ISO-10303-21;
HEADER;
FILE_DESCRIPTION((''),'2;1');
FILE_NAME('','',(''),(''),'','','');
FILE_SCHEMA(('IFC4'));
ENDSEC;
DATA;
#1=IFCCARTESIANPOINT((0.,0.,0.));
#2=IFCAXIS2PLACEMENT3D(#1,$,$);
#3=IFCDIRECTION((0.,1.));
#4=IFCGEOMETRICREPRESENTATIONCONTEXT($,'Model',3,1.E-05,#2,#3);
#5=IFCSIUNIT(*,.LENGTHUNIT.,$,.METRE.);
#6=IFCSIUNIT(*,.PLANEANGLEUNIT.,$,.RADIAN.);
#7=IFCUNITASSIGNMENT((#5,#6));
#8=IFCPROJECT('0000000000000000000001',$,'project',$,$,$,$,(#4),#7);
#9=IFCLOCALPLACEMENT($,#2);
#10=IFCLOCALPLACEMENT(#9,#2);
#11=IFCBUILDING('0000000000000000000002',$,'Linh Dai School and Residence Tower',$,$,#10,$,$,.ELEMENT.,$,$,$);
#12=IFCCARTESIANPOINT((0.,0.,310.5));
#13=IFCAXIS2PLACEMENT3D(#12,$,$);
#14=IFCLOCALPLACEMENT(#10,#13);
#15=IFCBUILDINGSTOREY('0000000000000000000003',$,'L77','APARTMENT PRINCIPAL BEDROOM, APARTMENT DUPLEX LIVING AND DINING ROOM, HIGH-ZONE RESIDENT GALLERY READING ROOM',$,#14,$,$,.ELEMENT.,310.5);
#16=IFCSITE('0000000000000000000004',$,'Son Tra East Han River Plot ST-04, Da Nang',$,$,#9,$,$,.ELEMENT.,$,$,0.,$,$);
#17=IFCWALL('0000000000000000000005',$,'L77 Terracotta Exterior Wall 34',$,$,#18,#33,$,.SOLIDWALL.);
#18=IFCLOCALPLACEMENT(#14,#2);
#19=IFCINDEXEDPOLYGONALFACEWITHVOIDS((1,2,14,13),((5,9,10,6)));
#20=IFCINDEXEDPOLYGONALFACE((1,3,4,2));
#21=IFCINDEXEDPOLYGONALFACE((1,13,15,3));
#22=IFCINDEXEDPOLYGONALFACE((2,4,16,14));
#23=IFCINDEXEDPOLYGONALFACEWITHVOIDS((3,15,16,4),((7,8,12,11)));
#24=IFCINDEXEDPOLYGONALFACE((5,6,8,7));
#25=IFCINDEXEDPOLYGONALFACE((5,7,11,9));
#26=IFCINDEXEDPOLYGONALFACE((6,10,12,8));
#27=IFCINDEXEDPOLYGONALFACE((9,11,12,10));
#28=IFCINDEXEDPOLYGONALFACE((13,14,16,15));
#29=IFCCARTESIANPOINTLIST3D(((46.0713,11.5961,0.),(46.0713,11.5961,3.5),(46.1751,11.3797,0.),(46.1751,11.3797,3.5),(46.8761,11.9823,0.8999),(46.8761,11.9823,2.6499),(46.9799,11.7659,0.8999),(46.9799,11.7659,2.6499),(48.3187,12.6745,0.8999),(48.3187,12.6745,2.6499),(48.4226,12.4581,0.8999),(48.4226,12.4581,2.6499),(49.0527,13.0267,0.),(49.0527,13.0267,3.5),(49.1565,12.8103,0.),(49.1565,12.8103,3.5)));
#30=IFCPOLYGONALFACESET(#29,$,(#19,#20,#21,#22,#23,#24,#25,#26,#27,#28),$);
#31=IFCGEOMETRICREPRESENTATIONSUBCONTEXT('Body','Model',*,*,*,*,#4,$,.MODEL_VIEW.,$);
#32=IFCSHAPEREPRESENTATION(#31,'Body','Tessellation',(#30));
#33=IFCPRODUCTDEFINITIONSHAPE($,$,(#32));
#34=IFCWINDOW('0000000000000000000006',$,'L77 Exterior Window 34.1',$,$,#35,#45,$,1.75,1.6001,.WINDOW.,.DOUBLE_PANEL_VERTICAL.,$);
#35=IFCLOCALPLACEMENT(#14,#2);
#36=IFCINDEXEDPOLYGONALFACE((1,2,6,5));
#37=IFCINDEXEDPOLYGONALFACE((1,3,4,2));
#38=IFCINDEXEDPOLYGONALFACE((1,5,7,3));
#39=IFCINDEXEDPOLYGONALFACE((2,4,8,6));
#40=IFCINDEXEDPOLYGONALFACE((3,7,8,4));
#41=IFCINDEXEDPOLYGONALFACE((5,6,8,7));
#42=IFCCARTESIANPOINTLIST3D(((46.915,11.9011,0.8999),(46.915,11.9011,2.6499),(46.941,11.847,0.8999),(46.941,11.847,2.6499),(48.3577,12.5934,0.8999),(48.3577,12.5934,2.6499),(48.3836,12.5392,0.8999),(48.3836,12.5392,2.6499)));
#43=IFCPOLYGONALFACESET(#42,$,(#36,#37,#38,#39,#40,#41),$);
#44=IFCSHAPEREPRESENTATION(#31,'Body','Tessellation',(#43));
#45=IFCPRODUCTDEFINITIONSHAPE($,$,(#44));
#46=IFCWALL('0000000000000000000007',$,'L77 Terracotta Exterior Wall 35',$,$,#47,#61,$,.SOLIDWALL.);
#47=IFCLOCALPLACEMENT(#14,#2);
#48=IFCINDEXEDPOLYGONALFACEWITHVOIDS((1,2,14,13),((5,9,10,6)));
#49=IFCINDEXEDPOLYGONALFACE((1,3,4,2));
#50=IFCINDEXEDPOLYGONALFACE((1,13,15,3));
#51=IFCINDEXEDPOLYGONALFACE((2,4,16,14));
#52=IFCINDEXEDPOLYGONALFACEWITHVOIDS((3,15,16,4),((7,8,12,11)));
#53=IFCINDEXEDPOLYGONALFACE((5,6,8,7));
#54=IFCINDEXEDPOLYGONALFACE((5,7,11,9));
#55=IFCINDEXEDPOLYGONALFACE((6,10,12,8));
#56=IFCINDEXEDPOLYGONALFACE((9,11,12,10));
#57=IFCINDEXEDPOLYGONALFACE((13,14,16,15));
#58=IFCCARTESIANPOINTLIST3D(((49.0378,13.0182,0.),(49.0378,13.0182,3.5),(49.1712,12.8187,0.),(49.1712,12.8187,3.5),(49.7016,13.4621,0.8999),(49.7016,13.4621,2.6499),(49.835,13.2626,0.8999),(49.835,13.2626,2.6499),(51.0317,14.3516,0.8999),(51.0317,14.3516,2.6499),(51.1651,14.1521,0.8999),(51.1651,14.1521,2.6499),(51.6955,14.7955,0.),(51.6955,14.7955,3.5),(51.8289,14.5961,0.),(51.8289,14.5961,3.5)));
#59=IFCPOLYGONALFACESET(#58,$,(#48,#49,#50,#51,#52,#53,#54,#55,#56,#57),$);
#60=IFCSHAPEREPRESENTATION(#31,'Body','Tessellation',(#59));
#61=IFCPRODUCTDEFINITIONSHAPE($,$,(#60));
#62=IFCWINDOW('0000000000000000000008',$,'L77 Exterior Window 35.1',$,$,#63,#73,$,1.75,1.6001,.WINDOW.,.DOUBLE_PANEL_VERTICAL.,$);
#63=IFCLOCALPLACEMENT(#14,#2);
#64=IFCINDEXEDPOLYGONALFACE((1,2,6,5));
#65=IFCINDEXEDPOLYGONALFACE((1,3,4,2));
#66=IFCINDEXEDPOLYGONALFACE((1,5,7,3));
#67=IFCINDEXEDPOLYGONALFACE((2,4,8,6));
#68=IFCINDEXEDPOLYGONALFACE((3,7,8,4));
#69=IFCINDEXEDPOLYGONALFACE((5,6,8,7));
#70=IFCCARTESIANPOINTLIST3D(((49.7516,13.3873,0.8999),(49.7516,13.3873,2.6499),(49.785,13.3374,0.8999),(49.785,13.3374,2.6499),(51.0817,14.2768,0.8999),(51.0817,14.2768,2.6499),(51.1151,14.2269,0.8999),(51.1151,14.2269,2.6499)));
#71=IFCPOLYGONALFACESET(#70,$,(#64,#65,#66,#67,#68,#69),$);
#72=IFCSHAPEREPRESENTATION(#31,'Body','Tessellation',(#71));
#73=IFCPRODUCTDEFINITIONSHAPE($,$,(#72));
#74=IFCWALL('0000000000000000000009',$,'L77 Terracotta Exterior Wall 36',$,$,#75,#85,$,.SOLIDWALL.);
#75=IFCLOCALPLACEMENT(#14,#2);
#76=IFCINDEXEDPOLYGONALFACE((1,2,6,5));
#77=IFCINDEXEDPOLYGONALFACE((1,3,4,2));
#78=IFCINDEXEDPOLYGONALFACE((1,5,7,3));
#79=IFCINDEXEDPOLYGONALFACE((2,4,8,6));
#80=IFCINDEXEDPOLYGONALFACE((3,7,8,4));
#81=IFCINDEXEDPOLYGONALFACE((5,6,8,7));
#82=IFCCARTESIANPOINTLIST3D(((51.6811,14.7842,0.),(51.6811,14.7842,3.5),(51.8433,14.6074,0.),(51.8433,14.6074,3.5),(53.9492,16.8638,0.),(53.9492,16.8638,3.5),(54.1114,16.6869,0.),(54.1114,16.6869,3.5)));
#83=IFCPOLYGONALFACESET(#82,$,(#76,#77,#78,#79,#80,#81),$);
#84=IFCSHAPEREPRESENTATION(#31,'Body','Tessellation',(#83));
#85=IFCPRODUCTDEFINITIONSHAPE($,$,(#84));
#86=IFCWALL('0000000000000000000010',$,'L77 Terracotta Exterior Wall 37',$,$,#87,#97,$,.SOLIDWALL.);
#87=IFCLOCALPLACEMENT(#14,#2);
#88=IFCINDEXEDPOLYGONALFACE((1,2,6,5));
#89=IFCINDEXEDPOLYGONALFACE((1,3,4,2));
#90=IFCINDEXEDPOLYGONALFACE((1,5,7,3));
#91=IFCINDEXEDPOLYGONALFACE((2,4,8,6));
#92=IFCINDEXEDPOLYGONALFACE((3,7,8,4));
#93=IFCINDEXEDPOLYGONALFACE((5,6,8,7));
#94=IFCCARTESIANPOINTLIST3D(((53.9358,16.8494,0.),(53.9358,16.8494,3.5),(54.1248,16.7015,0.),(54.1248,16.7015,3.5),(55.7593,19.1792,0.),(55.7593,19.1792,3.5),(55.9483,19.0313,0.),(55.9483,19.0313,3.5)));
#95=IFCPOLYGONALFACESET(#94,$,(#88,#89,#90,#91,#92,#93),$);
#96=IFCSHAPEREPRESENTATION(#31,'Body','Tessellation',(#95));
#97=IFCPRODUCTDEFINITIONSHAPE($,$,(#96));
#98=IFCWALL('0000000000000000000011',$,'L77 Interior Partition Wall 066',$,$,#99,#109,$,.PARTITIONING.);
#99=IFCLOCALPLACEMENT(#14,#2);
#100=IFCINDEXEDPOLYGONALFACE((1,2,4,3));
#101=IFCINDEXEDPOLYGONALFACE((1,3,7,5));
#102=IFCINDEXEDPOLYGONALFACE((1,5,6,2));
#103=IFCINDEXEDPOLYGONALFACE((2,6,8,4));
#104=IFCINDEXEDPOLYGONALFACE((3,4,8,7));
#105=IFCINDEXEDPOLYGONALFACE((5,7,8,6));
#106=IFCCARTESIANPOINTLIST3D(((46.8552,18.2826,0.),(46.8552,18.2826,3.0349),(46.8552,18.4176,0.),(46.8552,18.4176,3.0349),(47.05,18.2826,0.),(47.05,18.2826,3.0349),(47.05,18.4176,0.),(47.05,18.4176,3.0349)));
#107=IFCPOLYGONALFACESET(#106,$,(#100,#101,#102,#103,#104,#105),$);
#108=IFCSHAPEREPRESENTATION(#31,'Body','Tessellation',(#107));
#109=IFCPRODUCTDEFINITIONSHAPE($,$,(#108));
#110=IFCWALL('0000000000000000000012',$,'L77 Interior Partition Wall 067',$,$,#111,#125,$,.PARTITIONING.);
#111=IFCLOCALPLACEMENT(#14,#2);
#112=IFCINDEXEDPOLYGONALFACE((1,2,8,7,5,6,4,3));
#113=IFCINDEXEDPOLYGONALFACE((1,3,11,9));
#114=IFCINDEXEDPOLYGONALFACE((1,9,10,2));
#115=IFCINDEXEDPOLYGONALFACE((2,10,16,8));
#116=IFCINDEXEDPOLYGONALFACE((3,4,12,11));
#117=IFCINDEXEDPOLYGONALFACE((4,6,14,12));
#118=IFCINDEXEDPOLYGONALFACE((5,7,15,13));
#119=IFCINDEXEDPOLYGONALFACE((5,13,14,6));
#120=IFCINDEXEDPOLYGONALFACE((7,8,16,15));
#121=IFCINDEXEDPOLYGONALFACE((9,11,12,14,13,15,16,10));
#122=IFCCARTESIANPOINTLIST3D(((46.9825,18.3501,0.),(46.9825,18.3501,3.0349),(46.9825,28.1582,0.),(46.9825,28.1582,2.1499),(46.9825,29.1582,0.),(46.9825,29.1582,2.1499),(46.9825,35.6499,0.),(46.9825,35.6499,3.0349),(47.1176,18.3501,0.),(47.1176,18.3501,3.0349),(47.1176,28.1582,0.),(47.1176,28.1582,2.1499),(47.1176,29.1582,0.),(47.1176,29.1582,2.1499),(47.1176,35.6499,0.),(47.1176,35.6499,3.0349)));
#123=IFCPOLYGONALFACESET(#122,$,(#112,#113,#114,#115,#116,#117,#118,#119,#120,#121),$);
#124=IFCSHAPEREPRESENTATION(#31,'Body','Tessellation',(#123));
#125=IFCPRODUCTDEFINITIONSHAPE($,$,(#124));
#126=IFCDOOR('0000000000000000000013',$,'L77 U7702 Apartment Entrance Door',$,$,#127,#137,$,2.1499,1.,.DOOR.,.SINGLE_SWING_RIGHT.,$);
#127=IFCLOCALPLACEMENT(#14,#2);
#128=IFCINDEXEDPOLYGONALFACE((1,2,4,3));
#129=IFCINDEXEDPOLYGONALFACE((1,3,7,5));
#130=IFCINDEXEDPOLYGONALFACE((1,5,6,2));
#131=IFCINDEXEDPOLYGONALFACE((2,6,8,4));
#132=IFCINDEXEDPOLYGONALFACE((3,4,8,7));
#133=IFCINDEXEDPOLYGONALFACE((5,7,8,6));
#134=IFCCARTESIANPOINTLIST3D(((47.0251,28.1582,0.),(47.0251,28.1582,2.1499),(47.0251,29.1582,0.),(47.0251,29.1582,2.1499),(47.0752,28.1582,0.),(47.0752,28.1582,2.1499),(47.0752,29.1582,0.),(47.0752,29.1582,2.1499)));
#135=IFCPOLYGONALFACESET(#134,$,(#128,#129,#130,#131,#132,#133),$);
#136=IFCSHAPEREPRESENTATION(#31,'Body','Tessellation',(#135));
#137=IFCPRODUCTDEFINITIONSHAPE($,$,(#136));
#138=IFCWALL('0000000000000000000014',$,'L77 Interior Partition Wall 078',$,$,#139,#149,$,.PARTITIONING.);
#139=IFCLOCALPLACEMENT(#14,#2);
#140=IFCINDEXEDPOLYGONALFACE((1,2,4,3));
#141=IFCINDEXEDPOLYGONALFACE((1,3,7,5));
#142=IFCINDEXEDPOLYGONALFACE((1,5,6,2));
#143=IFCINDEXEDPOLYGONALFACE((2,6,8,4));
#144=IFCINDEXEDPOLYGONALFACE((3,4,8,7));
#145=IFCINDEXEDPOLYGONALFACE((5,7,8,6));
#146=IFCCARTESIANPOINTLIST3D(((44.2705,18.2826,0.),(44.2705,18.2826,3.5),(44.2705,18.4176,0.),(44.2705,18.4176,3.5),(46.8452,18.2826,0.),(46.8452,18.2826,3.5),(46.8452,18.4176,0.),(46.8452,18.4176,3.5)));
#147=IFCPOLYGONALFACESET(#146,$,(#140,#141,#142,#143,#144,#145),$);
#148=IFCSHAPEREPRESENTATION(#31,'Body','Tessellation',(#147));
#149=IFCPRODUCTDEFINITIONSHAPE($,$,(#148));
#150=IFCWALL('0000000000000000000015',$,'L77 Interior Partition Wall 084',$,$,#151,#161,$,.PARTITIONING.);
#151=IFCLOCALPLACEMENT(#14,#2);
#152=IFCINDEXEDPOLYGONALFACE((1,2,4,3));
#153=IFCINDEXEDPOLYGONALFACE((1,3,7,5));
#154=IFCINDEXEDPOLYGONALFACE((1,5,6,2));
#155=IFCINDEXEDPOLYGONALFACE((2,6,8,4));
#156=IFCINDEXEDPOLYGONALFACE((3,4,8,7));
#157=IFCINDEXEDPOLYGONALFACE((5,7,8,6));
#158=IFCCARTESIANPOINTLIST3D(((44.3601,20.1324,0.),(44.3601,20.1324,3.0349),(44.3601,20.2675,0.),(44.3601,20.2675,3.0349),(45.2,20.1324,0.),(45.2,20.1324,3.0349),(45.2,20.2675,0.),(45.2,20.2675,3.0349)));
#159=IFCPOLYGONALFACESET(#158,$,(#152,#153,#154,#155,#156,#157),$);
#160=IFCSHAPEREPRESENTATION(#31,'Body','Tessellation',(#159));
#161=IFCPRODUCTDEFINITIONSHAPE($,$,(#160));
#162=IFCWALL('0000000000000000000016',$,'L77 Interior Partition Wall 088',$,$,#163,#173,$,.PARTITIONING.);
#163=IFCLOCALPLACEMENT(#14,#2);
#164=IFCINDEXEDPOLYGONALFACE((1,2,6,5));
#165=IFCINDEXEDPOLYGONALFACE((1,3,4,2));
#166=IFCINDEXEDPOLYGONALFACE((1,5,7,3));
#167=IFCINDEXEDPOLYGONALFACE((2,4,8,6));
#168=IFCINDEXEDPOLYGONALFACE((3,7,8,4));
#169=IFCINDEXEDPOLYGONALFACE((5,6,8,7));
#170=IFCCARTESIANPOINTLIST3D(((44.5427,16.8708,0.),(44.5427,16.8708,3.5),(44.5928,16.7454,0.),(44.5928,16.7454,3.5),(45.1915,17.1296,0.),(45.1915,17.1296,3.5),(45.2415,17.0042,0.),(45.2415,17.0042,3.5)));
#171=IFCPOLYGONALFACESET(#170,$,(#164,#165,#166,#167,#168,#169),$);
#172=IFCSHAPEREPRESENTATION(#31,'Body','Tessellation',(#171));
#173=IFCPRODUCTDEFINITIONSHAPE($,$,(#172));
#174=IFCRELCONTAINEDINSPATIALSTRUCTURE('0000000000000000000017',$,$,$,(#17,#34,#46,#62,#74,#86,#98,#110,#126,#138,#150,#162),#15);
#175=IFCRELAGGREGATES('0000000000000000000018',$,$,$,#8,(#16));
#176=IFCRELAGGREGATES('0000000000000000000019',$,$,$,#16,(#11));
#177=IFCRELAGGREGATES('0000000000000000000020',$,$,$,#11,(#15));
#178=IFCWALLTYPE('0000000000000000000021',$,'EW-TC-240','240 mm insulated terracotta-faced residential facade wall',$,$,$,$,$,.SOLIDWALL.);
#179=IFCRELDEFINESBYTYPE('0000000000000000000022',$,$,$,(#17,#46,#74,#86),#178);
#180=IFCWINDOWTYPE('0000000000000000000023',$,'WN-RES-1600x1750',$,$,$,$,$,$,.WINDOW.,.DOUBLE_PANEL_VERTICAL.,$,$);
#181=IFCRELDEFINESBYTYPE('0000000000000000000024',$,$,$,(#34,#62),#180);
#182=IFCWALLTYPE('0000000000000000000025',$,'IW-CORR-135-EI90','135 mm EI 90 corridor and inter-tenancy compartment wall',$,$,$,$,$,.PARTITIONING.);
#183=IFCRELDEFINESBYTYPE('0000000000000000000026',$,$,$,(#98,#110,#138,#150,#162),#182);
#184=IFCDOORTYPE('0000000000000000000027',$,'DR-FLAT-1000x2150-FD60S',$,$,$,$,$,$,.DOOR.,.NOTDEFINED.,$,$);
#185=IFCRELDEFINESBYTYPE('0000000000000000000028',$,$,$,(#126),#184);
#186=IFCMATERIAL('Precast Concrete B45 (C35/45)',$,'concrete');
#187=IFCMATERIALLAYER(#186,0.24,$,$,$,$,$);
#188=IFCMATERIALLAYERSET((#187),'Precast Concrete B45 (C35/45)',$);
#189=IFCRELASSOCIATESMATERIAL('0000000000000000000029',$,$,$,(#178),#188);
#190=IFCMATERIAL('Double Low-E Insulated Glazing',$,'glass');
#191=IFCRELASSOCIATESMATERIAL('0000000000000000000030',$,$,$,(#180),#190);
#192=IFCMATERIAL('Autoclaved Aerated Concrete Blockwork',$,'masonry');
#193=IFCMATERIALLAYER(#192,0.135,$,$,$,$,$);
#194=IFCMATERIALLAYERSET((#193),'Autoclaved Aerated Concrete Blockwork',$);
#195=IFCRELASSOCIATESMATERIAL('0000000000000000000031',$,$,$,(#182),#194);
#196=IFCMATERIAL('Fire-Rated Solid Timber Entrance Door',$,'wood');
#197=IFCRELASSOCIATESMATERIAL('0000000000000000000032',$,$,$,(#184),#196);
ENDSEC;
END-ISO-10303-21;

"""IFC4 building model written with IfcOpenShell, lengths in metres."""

from ifc_helpers import new_model, si_unit, direction, frame, frame_2d, origin, origin_2d, place, context, subcontext, project, spatial, rectangle, extrude, source, transform, mapped, material, layer, layer_set, type_object, element, fill, save


model = new_model("IFC4")

# Units and contexts
model_context = context("Model", 3, precision=1e-05, world=origin(), true_north=direction((0.0, 1.0)))
body_context = subcontext(model_context, "Body", "Model", "MODEL_VIEW")
ifc_project = project(units=[si_unit("LENGTHUNIT", "METRE"), si_unit("PLANEANGLEUNIT", "RADIAN")], contexts=[model_context])

# Site, building, storey
site_placement = place(None, origin())
site = spatial("IfcSite", under=ifc_project, at=site_placement, Name="Son Tra East Han River Plot ST-04, Da Nang", CompositionType="ELEMENT", RefElevation=0.0)
building_placement = place(site_placement, origin())
building = spatial("IfcBuilding", under=site, at=building_placement, Name="Linh Dai School and Residence Tower", CompositionType="ELEMENT")
storey_placement = place(building_placement, frame((0.0, 0.0, 310.5)))
storey = spatial("IfcBuildingStorey", under=building, at=storey_placement, Name="L77", Description="APARTMENT PRINCIPAL BEDROOM, APARTMENT DUPLEX LIVING AND DINING ROOM, HIGH-ZONE RESIDENT GALLERY READING ROOM", CompositionType="ELEMENT", Elevation=310.5)

# Shared definitions
ifc_material_1 = material(Name="Precast Concrete B45 (C35/45)", Category="concrete")

# Walls, openings, windows
ifc_layer_1 = layer(ifc_material_1, 0.24)
ifc_layer_set_1 = layer_set([ifc_layer_1], Name="Precast Concrete B45 (C35/45)")
wall_type_1 = type_object("IfcWallType", Name="EW-TC-240", Description="240 mm insulated terracotta-faced residential facade wall", PredefinedType="SOLIDWALL", material=ifc_layer_set_1)
ifc_material_2 = material(Name="Double Low-E Insulated Glazing", Category="glass")
wall_1_placement = place(storey_placement, frame((49.1045, 12.9185, 0.0), z_axis=(0.0, 0.0, 1.0), x_axis=(-0.901574, -0.432625, 0.0)))
wall_1 = element("IfcWall", 1, at=wall_1_placement, inside=storey, type_object=wall_type_1, Name="L77 Terracotta Exterior Wall 34", PredefinedType="SOLIDWALL", context=body_context, shape_type="SweptSolid", body=[
    extrude(rectangle(XDim=3.3069, YDim=0.24, at=frame_2d((1.6533, 0.0))), origin(), (0.0, 0.0, 1.0), 3.5),
])
opening_1_placement = place(wall_1_placement, frame((0.814, 0.0, 0.8999)))
opening_1 = element("IfcOpeningElement", 2, at=opening_1_placement, cuts=wall_1, PredefinedType="OPENING", context=body_context, shape_type="SweptSolid", body=[
    extrude(rectangle(XDim=1.6001, YDim=1.75, at=origin_2d()), frame((0.8, 0.1299, 0.875), z_axis=(0.0, -1.0, 0.0), x_axis=(1.0, 0.0, 0.0)), (0.0, 0.0, 1.0), 0.26),
])
window_type_1 = type_object("IfcWindowType", Name="WN-RES-1600x1750", PartitioningType="DOUBLE_PANEL_VERTICAL", PredefinedType="WINDOW", material=ifc_material_2)
shared_shape_1 = source(origin(), body_context, "Body", "SweptSolid", [
    extrude(rectangle(XDim=1.6001, YDim=1.75, at=origin_2d()), frame((0.8, 0.03, 0.875), z_axis=(0.0, -1.0, 0.0), x_axis=(1.0, 0.0, 0.0)), (0.0, 0.0, 1.0), 0.0601),
])
window_1_placement = place(opening_1_placement, origin())
window_1 = element("IfcWindow", 3, at=window_1_placement, inside=storey, type_object=window_type_1, Name="L77 Exterior Window 34.1", OverallHeight=1.75, OverallWidth=1.6001, PartitioningType="DOUBLE_PANEL_VERTICAL", PredefinedType="WINDOW", context=body_context, shape_type="MappedRepresentation", body=[
    mapped(shared_shape_1, transform((0.0, 0.0, 0.0), x_axis=(1.0, 0.0, 0.0), y_axis=(0.0, 1.0, 0.0), z_axis=(0.0, 0.0, 1.0), scale=1.0)),
])
fill(opening_1, window_1)
wall_2_placement = place(storey_placement, frame((51.7622, 14.6958, 0.0), z_axis=(0.0, 0.0, 1.0), x_axis=(-0.831251, -0.555898, 0.0)))
wall_2 = element("IfcWall", 4, at=wall_2_placement, inside=storey, type_object=wall_type_1, Name="L77 Terracotta Exterior Wall 35", PredefinedType="SOLIDWALL", context=body_context, shape_type="SweptSolid", body=[
    extrude(rectangle(XDim=3.1973, YDim=0.24, at=frame_2d((1.5986, 0.0))), origin(), (0.0, 0.0, 1.0), 3.5),
])
opening_2_placement = place(wall_2_placement, frame((0.7986, 0.0, 0.8999)))
opening_2 = element("IfcOpeningElement", 5, at=opening_2_placement, cuts=wall_2, PredefinedType="OPENING", context=body_context, shape_type="SweptSolid", body=[
    extrude(rectangle(XDim=1.6001, YDim=1.75, at=origin_2d()), frame((0.8, 0.1299, 0.875), z_axis=(0.0, -1.0, 0.0), x_axis=(1.0, 0.0, 0.0)), (0.0, 0.0, 1.0), 0.26),
])
window_2_placement = place(opening_2_placement, origin())
window_2 = element("IfcWindow", 6, at=window_2_placement, inside=storey, type_object=window_type_1, Name="L77 Exterior Window 35.1", OverallHeight=1.75, OverallWidth=1.6001, PartitioningType="DOUBLE_PANEL_VERTICAL", PredefinedType="WINDOW", context=body_context, shape_type="MappedRepresentation", body=[
    mapped(shared_shape_1, transform((0.0, 0.0, 0.0), x_axis=(1.0, 0.0, 0.0), y_axis=(0.0, 1.0, 0.0), z_axis=(0.0, 0.0, 1.0), scale=1.0)),
])
fill(opening_2, window_2)

# Walls
wall_3_placement = place(storey_placement, frame((54.0303, 16.7754, 0.0), z_axis=(0.0, 0.0, 1.0), x_axis=(-0.737069, -0.675818, 0.0)))
element("IfcWall", 7, at=wall_3_placement, inside=storey, type_object=wall_type_1, Name="L77 Terracotta Exterior Wall 36", PredefinedType="SOLIDWALL", context=body_context, shape_type="SweptSolid", body=[
    extrude(rectangle(XDim=3.0771, YDim=0.24, at=frame_2d((1.5386, 0.0))), origin(), (0.0, 0.0, 1.0), 3.5),
])
wall_4_placement = place(storey_placement, frame((55.8538, 19.1052, 0.0), z_axis=(0.0, 0.0, 1.0), x_axis=(-0.616337, -0.787482, 0.0)))
element("IfcWall", 8, at=wall_4_placement, inside=storey, type_object=wall_type_1, Name="L77 Terracotta Exterior Wall 37", PredefinedType="SOLIDWALL", context=body_context, shape_type="SweptSolid", body=[
    extrude(rectangle(XDim=2.9585, YDim=0.24, at=frame_2d((1.4792, 0.0))), origin(), (0.0, 0.0, 1.0), 3.5),
])
ifc_material_3 = material(Name="Autoclaved Aerated Concrete Blockwork", Category="masonry")
ifc_layer_2 = layer(ifc_material_3, 0.135)
ifc_layer_set_2 = layer_set([ifc_layer_2], Name="Autoclaved Aerated Concrete Blockwork")
wall_type_2 = type_object("IfcWallType", Name="IW-CORR-135-EI90", Description="135 mm EI 90 corridor and inter-tenancy compartment wall", PredefinedType="PARTITIONING", material=ifc_layer_set_2)
wall_5_placement = place(storey_placement, frame((46.8552, 18.3501, 0.0), z_axis=(0.0, 0.0, 1.0), x_axis=(1.0, 0.0, 0.0)))
element("IfcWall", 9, at=wall_5_placement, inside=storey, type_object=wall_type_2, Name="L77 Interior Partition Wall 066", PredefinedType="PARTITIONING", context=body_context, shape_type="SweptSolid", body=[
    extrude(rectangle(XDim=0.1948, YDim=0.135, at=frame_2d((0.0974, 0.0))), origin(), (0.0, 0.0, 1.0), 3.0349),
])

# Wall, opening, door
wall_6_placement = place(storey_placement, frame((47.05, 18.3501, 0.0), z_axis=(0.0, 0.0, 1.0), x_axis=(0.0, 1.0, 0.0)))
wall_6 = element("IfcWall", 10, at=wall_6_placement, inside=storey, type_object=wall_type_2, Name="L77 Interior Partition Wall 067", PredefinedType="PARTITIONING", context=body_context, shape_type="SweptSolid", body=[
    extrude(rectangle(XDim=17.2998, YDim=0.135, at=frame_2d((8.6499, 0.0))), origin(), (0.0, 0.0, 1.0), 3.0349),
])
opening_3_placement = place(wall_6_placement, frame((9.8081, 0.0, 0.0)))
opening_3 = element("IfcOpeningElement", 11, at=opening_3_placement, cuts=wall_6, PredefinedType="OPENING", context=body_context, shape_type="SweptSolid", body=[
    extrude(rectangle(XDim=1.0, YDim=2.1499, at=origin_2d()), frame((0.5, 0.0776, 1.075), z_axis=(0.0, -1.0, 0.0), x_axis=(1.0, 0.0, 0.0)), (0.0, 0.0, 1.0), 0.155),
])
ifc_material_4 = material(Name="Fire-Rated Solid Timber Entrance Door", Category="wood")
door_type = type_object("IfcDoorType", Name="DR-FLAT-1000x2150-FD60S", OperationType="NOTDEFINED", PredefinedType="DOOR", material=ifc_material_4)
shared_shape_2 = source(origin(), body_context, "Body", "SweptSolid", [
    extrude(rectangle(XDim=1.0, YDim=2.1499, at=origin_2d()), frame((0.5, 0.0249, 1.075), z_axis=(0.0, -1.0, 0.0), x_axis=(1.0, 0.0, 0.0)), (0.0, 0.0, 1.0), 0.05),
])
door_placement = place(opening_3_placement, origin())
door = element("IfcDoor", 12, at=door_placement, inside=storey, type_object=door_type, Name="L77 U7702 Apartment Entrance Door", OperationType="SINGLE_SWING_RIGHT", OverallHeight=2.1499, OverallWidth=1.0, PredefinedType="DOOR", context=body_context, shape_type="MappedRepresentation", body=[
    mapped(shared_shape_2, transform((0.0, 0.0, 0.0), x_axis=(1.0, 0.0, 0.0), y_axis=(0.0, 1.0, 0.0), z_axis=(0.0, 0.0, 1.0), scale=1.0)),
])
fill(opening_3, door)

# Walls
wall_7_placement = place(storey_placement, frame((46.8452, 18.3501, 0.0), z_axis=(0.0, 0.0, 1.0), x_axis=(-1.0, 0.0, 0.0)))
element("IfcWall", 13, at=wall_7_placement, inside=storey, type_object=wall_type_2, Name="L77 Interior Partition Wall 078", PredefinedType="PARTITIONING", context=body_context, shape_type="SweptSolid", body=[
    extrude(rectangle(XDim=2.5747, YDim=0.135, at=frame_2d((1.2874, 0.0))), origin(), (0.0, 0.0, 1.0), 3.5),
])
wall_8_placement = place(storey_placement, frame((44.3601, 20.2, 0.0), z_axis=(0.0, 0.0, 1.0), x_axis=(1.0, 0.0, 0.0)))
element("IfcWall", 14, at=wall_8_placement, inside=storey, type_object=wall_type_2, Name="L77 Interior Partition Wall 084", PredefinedType="PARTITIONING", context=body_context, shape_type="SweptSolid", body=[
    extrude(rectangle(XDim=0.8398, YDim=0.135, at=frame_2d((0.4199, 0.0))), origin(), (0.0, 0.0, 1.0), 3.0349),
])
wall_9_placement = place(storey_placement, frame((44.5679, 16.8081, 0.0), z_axis=(0.0, 0.0, 1.0), x_axis=(0.928814, 0.370547, 0.0)))
element("IfcWall", 15, at=wall_9_placement, inside=storey, type_object=wall_type_2, Name="L77 Interior Partition Wall 088", PredefinedType="PARTITIONING", context=body_context, shape_type="SweptSolid", body=[
    extrude(rectangle(XDim=0.6985, YDim=0.135, at=frame_2d((0.3491, 0.0))), origin(), (0.0, 0.0, 1.0), 3.5),
])

save(model, "model.ifc")
